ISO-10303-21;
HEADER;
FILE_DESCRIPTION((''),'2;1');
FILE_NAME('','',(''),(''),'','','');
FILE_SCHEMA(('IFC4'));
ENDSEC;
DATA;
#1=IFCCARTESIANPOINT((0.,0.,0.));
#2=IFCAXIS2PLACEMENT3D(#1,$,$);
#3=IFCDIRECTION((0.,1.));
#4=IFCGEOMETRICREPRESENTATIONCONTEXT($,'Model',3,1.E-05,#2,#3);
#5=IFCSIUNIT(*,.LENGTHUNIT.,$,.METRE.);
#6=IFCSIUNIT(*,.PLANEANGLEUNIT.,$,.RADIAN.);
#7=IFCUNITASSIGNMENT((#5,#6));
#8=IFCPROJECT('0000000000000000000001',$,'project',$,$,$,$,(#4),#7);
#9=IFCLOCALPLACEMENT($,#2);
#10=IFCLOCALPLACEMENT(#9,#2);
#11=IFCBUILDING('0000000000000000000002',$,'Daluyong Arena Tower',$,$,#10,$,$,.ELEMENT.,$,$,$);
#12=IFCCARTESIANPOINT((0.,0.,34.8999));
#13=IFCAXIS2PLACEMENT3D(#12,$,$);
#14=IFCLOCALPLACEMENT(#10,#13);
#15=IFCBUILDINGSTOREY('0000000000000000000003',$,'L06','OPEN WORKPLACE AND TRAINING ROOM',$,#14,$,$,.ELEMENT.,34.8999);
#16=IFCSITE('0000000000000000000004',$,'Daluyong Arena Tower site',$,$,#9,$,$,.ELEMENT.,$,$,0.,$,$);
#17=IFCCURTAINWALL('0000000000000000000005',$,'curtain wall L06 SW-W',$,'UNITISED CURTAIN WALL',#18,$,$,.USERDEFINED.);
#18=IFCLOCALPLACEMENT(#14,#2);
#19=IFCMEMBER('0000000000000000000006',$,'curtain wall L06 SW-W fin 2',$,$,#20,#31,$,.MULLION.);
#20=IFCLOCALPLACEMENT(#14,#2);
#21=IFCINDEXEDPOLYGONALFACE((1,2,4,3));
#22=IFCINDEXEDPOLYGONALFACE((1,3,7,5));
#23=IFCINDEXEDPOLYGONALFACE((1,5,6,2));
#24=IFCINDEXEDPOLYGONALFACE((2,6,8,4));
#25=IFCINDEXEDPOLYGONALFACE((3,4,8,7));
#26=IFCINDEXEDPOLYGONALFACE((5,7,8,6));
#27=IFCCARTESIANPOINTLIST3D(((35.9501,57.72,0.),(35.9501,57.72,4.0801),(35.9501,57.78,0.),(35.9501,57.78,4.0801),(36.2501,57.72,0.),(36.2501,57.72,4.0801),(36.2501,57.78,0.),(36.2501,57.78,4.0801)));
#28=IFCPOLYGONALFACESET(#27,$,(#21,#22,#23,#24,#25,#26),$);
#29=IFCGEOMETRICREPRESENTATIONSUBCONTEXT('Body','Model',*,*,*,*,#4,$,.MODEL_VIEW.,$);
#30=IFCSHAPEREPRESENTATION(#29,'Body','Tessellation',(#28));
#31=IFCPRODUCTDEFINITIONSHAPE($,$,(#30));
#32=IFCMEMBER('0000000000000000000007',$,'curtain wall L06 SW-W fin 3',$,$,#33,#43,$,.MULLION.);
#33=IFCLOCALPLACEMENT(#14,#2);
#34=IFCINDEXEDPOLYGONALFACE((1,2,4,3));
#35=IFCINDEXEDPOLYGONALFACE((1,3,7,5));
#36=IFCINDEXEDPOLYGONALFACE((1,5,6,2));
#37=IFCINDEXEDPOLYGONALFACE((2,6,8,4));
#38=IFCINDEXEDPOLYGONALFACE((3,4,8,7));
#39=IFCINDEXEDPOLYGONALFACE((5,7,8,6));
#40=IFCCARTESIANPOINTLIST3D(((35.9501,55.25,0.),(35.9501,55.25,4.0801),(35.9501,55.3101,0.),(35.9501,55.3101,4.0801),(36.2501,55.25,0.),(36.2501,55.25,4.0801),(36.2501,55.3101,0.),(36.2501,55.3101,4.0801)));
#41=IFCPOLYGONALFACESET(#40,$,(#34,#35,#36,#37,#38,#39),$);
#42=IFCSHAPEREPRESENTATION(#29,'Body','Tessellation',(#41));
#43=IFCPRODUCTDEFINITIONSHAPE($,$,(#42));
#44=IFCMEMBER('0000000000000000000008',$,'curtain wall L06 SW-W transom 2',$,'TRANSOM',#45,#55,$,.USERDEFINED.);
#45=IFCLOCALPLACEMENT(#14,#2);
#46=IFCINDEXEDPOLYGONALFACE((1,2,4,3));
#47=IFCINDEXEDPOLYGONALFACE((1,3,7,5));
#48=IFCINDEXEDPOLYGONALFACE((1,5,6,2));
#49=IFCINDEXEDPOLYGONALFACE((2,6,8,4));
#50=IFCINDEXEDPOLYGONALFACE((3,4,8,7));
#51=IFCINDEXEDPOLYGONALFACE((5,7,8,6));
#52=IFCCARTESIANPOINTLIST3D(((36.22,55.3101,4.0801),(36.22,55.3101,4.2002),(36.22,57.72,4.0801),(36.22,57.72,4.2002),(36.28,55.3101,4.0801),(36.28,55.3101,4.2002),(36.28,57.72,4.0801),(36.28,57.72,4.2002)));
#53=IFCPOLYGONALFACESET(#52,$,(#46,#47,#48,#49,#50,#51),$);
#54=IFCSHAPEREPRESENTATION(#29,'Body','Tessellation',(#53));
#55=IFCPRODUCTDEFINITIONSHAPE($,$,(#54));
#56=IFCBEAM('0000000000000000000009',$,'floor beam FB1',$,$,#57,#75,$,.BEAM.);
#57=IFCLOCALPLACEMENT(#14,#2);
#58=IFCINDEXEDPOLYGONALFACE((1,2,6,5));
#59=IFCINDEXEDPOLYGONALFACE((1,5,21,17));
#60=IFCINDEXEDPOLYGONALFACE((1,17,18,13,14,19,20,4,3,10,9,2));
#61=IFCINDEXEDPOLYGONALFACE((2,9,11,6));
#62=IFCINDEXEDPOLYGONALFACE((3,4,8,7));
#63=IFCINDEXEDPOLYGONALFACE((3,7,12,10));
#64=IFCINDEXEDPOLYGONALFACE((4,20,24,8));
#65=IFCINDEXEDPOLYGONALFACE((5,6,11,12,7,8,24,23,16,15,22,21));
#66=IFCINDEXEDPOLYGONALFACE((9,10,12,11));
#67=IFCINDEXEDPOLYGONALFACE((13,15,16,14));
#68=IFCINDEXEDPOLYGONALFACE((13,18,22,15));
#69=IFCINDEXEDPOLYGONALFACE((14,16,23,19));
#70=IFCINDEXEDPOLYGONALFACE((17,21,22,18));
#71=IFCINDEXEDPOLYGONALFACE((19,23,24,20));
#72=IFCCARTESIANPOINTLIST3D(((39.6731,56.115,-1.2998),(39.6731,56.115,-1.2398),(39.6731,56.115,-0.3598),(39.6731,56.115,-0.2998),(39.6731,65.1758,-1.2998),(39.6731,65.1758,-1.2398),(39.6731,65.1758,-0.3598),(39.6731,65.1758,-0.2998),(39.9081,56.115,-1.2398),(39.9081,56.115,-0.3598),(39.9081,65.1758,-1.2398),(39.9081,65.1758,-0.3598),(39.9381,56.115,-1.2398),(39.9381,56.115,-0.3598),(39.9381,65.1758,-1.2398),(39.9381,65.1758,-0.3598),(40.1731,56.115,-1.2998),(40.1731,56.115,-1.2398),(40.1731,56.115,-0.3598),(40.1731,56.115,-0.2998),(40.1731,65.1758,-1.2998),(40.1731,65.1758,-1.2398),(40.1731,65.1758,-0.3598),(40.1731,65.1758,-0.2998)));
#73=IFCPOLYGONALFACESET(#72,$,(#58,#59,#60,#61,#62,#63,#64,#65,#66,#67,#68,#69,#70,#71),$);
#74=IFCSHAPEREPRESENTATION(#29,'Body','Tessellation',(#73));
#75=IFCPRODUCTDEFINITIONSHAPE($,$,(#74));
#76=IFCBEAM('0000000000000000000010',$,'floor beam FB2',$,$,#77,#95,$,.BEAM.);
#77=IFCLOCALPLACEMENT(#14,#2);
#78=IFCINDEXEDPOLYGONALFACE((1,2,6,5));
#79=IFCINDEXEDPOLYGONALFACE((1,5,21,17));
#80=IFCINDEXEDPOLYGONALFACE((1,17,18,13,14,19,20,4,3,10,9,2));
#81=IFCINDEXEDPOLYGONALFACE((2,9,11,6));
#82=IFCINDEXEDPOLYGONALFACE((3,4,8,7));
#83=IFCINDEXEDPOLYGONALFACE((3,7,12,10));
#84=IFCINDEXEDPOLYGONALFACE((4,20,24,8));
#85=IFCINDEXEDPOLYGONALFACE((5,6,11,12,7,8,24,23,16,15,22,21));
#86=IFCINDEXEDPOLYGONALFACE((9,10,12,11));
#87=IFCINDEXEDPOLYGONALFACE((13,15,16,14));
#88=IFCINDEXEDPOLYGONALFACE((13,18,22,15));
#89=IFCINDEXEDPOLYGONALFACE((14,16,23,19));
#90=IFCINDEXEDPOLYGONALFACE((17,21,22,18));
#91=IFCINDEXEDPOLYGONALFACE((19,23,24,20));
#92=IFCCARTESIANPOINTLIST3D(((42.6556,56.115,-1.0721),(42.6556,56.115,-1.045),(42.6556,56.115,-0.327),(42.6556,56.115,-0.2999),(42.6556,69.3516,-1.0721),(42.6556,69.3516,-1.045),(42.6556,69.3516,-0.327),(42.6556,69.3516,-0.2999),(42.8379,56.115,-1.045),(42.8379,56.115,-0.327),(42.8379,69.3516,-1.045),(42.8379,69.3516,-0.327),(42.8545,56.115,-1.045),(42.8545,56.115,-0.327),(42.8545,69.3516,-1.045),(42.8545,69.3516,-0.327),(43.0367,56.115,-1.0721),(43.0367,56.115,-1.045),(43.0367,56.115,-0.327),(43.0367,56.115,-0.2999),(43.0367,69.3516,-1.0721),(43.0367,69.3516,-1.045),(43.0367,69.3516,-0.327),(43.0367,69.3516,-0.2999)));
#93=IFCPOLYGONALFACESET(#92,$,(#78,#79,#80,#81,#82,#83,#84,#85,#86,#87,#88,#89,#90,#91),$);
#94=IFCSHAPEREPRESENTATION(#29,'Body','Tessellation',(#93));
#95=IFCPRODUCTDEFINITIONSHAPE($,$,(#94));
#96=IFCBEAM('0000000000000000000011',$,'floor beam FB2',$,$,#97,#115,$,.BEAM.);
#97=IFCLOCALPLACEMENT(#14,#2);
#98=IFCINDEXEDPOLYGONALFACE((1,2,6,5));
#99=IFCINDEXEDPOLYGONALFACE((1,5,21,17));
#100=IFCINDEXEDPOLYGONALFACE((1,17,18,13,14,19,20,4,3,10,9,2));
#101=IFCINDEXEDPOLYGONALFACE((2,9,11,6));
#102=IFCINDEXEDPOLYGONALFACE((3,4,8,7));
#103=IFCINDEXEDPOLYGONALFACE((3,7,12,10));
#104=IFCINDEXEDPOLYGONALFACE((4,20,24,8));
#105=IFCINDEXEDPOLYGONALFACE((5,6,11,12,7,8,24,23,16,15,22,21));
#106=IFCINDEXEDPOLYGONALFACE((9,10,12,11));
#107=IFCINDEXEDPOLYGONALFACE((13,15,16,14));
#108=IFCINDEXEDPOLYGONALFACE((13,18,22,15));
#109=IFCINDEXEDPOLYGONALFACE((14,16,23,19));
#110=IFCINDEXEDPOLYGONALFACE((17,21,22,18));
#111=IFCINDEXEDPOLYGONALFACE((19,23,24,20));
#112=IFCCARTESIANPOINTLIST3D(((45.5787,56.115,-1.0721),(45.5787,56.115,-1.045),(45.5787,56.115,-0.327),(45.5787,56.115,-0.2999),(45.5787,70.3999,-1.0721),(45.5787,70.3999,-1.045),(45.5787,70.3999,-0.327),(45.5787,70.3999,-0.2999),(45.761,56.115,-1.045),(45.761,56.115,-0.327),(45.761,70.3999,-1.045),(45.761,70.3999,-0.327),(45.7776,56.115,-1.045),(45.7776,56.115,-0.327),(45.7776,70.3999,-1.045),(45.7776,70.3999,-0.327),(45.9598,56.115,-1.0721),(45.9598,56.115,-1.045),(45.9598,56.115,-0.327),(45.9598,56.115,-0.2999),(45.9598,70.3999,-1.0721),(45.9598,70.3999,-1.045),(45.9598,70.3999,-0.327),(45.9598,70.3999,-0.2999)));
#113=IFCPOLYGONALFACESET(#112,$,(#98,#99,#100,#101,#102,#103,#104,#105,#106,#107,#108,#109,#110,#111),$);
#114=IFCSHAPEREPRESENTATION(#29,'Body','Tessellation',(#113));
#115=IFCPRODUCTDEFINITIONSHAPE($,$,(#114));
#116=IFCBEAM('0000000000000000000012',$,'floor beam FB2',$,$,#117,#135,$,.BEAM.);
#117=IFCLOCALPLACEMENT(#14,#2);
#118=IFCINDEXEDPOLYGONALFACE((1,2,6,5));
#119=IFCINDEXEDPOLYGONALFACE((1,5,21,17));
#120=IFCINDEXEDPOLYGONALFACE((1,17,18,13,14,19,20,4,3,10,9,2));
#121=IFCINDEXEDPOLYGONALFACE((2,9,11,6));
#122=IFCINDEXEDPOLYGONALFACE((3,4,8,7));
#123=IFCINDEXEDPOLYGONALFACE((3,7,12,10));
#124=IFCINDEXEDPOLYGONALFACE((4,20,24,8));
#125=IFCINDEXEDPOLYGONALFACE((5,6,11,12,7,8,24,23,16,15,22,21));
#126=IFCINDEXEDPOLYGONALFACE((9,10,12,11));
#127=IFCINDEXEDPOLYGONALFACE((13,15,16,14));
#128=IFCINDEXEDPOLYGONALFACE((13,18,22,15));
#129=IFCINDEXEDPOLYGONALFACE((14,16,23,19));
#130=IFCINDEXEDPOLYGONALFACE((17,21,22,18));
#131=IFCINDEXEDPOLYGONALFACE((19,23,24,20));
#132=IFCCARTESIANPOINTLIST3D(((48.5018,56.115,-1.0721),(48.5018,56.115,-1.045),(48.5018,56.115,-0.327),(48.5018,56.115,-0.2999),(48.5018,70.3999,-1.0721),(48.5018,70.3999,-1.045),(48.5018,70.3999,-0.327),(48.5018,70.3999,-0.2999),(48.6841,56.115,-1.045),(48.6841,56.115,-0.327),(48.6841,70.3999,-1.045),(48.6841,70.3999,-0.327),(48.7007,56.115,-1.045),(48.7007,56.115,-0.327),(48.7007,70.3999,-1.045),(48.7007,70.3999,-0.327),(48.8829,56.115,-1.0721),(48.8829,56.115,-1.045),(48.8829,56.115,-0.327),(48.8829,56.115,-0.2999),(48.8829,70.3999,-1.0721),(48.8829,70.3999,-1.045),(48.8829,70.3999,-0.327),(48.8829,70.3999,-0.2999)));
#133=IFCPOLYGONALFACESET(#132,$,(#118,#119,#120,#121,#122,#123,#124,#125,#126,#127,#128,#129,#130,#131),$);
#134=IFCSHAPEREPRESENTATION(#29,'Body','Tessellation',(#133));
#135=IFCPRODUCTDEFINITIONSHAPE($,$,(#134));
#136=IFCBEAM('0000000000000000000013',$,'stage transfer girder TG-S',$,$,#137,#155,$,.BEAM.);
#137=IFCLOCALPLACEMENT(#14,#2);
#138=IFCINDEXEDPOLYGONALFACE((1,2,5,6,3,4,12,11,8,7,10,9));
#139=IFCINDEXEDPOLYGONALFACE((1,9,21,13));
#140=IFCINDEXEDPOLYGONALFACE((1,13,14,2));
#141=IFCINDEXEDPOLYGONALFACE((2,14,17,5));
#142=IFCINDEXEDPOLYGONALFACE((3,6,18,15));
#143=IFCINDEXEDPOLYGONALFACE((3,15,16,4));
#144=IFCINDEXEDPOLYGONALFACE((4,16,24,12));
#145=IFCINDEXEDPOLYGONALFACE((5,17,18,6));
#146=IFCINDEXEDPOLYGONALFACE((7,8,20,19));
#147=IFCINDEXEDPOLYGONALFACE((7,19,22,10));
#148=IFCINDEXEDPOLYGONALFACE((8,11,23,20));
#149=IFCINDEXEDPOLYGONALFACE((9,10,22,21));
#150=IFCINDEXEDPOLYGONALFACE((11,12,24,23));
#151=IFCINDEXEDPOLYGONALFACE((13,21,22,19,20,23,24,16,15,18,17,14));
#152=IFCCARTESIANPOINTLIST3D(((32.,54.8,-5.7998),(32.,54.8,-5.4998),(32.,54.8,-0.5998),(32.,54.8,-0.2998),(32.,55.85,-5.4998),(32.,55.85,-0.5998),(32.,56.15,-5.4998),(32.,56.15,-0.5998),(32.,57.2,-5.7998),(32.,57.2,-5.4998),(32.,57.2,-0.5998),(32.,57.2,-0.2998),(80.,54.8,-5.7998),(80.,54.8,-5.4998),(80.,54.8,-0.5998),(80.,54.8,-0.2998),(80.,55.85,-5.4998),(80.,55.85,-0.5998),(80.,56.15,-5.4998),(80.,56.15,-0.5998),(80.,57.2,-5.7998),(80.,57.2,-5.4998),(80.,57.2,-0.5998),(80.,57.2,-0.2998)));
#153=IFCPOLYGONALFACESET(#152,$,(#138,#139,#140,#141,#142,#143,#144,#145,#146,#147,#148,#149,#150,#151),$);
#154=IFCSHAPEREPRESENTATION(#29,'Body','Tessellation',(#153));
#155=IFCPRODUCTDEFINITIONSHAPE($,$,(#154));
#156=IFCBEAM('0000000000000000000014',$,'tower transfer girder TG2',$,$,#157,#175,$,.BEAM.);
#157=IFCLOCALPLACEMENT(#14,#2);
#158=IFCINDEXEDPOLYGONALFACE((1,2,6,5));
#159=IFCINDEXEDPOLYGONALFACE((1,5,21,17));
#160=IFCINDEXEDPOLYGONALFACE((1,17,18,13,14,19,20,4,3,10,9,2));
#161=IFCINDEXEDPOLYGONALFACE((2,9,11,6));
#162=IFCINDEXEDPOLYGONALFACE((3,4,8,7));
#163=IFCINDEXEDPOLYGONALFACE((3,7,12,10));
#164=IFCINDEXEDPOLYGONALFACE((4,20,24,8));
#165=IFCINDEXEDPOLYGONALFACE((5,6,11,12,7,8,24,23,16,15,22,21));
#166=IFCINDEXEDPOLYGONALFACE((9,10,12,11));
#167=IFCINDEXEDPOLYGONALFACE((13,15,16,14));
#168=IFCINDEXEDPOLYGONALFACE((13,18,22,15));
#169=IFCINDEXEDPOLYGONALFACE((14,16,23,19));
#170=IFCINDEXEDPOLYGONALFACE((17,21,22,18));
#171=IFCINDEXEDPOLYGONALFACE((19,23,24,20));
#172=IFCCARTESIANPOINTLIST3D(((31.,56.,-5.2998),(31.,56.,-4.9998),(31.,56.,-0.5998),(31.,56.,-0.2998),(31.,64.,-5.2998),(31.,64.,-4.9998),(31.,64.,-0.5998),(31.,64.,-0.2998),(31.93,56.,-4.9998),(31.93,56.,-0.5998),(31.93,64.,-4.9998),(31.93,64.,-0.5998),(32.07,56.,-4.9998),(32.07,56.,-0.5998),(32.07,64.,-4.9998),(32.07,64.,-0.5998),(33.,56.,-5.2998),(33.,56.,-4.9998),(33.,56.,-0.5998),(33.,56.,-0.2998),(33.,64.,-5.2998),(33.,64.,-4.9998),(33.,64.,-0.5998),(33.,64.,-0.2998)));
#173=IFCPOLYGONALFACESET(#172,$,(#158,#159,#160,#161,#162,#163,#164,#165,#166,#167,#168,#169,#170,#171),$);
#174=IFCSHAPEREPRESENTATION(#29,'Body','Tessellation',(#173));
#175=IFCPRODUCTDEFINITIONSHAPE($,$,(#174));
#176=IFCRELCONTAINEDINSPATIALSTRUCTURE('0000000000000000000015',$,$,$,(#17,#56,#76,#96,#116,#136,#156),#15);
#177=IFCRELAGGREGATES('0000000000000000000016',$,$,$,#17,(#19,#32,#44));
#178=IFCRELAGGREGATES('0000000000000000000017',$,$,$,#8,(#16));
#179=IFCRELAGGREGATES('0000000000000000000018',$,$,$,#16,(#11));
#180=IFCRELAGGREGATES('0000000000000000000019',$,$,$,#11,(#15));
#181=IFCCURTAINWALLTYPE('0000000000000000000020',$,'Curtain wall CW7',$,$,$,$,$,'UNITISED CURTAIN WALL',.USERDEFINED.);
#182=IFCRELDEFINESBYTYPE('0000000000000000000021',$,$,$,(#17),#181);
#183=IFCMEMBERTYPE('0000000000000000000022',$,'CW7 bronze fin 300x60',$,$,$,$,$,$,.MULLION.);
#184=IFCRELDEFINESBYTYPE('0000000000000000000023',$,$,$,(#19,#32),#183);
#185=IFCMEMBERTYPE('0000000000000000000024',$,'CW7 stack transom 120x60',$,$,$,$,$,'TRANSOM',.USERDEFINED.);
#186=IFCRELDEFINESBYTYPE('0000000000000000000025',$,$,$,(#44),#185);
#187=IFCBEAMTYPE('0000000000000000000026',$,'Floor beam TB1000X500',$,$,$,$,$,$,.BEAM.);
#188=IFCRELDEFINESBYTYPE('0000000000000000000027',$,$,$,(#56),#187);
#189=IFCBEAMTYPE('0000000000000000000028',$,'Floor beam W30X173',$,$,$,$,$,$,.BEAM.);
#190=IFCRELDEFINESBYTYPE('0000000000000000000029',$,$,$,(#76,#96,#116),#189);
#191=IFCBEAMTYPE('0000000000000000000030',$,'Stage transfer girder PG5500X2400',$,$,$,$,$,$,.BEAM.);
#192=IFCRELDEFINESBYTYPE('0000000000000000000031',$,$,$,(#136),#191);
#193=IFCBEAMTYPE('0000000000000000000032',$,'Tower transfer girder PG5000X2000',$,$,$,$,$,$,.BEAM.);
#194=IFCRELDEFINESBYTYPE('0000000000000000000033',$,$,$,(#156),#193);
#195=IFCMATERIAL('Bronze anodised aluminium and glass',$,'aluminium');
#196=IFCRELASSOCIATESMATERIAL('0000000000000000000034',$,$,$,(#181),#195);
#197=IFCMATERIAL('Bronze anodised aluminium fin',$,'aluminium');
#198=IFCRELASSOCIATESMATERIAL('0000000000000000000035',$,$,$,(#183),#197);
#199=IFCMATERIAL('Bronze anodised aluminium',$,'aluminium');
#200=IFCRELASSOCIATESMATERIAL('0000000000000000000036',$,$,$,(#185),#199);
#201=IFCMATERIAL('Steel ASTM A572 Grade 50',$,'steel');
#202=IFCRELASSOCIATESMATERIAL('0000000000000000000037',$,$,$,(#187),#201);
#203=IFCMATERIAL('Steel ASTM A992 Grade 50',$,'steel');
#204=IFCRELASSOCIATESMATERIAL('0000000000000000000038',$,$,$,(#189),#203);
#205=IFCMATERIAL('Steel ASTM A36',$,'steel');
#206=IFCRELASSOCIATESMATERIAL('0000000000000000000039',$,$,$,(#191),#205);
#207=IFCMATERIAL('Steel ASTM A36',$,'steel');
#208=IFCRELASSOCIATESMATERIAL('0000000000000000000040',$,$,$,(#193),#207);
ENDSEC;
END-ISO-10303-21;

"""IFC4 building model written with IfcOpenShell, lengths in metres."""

from ifc_helpers import new_model, si_unit, direction, frame, origin, origin_2d, place, context, subcontext, project, spatial, rectangle, i_section, extrude, material, material_profile, profile_set, type_object, element, aggregate, save


model = new_model("IFC4")

# Units and contexts
model_context = context("Model", 3, precision=1e-05, world=origin(), true_north=direction((0.0, 1.0)))
body_context = subcontext(model_context, "Body", "Model", "MODEL_VIEW")
ifc_project = project(units=[si_unit("LENGTHUNIT", "METRE"), si_unit("PLANEANGLEUNIT", "RADIAN")], contexts=[model_context])

# Site, building, storey
site_placement = place(None, origin())
site = spatial("IfcSite", under=ifc_project, at=site_placement, Name="Daluyong Arena Tower site", CompositionType="ELEMENT", RefElevation=0.0)
building_placement = place(site_placement, origin())
building = spatial("IfcBuilding", under=site, at=building_placement, Name="Daluyong Arena Tower", CompositionType="ELEMENT")
storey_placement = place(building_placement, frame((0.0, 0.0, 34.8999)))
storey = spatial("IfcBuildingStorey", under=building, at=storey_placement, Name="L06", Description="OPEN WORKPLACE AND TRAINING ROOM", CompositionType="ELEMENT", Elevation=34.8999)

# Shared definitions
ifc_material_1 = material(Name="Bronze anodised aluminium and glass", Category="aluminium")
curtain_wall_type_1 = type_object("IfcCurtainWallType", Name="Curtain wall CW7", ElementType="UNITISED CURTAIN WALL", PredefinedType="USERDEFINED", material=ifc_material_1)
ifc_material_2 = material(Name="Bronze anodised aluminium fin", Category="aluminium")
ifc_material_profile_1 = material_profile(ifc_material_2, rectangle(XDim=0.3, YDim=0.0601, at=origin_2d()))
ifc_profile_set_1 = profile_set([ifc_material_profile_1], Name="Bronze anodised aluminium fin")
member_type_1 = type_object("IfcMemberType", Name="CW7 bronze fin 300x60", PredefinedType="MULLION", material=ifc_profile_set_1)

# Curtain wall, members
curtain_wall_1_placement = place(storey_placement, origin())
curtain_wall_1 = element("IfcCurtainWall", 1, at=curtain_wall_1_placement, inside=storey, type_object=curtain_wall_type_1, Name="curtain wall L06 SW-W", ObjectType="UNITISED CURTAIN WALL", PredefinedType="USERDEFINED")
member_1_placement = place(storey_placement, frame((36.1001, 57.75, 0.0), z_axis=(0.0, 0.0, 1.0), x_axis=(1.0, 0.0, 0.0)))
member_1 = element("IfcMember", 2, at=member_1_placement, type_object=member_type_1, Name="curtain wall L06 SW-W fin 2", PredefinedType="MULLION", context=body_context, shape_type="SweptSolid", body=[
    extrude(rectangle(XDim=0.3, YDim=0.0601, at=origin_2d()), origin(), (0.0, 0.0, 1.0), 4.0801),
])
member_2_placement = place(storey_placement, frame((36.1001, 55.28, 0.0), z_axis=(0.0, 0.0, 1.0), x_axis=(1.0, 0.0, 0.0)))
member_2 = element("IfcMember", 3, at=member_2_placement, type_object=member_type_1, Name="curtain wall L06 SW-W fin 3", PredefinedType="MULLION", context=body_context, shape_type="SweptSolid", body=[
    extrude(rectangle(XDim=0.3, YDim=0.0601, at=origin_2d()), origin(), (0.0, 0.0, 1.0), 4.0801),
])
ifc_material_3 = material(Name="Bronze anodised aluminium", Category="aluminium")
ifc_material_profile_2 = material_profile(ifc_material_3, rectangle(XDim=0.0601, YDim=0.1201, at=origin_2d()))
ifc_profile_set_2 = profile_set([ifc_material_profile_2], Name="Bronze anodised aluminium")
member_type_2 = type_object("IfcMemberType", Name="CW7 stack transom 120x60", ElementType="TRANSOM", PredefinedType="USERDEFINED", material=ifc_profile_set_2)
member_3_placement = place(storey_placement, frame((36.25, 57.72, 4.1401), z_axis=(0.0, -1.0, 0.0), x_axis=(1.0, 0.0, 0.0)))
member_3 = element("IfcMember", 4, at=member_3_placement, type_object=member_type_2, Name="curtain wall L06 SW-W transom 2", ObjectType="TRANSOM", PredefinedType="USERDEFINED", context=body_context, shape_type="SweptSolid", body=[
    extrude(rectangle(XDim=0.0601, YDim=0.1201, at=origin_2d()), origin(), (0.0, 0.0, 1.0), 2.4099),
])

# Beams
ifc_material_4 = material(Name="Steel ASTM A572 Grade 50", Category="steel")
ifc_material_profile_3 = material_profile(ifc_material_4, i_section(OverallWidth=0.5, OverallDepth=1.0, WebThickness=0.03, FlangeThickness=0.06, at=origin_2d()))
ifc_profile_set_3 = profile_set([ifc_material_profile_3], Name="Steel ASTM A572 Grade 50")
beam_type_1 = type_object("IfcBeamType", Name="Floor beam TB1000X500", PredefinedType="BEAM", material=ifc_profile_set_3)
beam_1_placement = place(storey_placement, frame((39.9231, 56.115, -0.7998), z_axis=(0.0, 1.0, 0.0), x_axis=(-1.0, 0.0, 0.0)))
element("IfcBeam", 5, at=beam_1_placement, inside=storey, type_object=beam_type_1, Name="floor beam FB1", PredefinedType="BEAM", context=body_context, shape_type="SweptSolid", body=[
    extrude(i_section(OverallWidth=0.5, OverallDepth=1.0, WebThickness=0.03, FlangeThickness=0.06, at=origin_2d()), origin(), (0.0, 0.0, 1.0), 9.0608),
])
ifc_material_5 = material(Name="Steel ASTM A992 Grade 50", Category="steel")
ifc_material_profile_4 = material_profile(ifc_material_5, i_section(OverallWidth=0.3811, OverallDepth=0.7722, WebThickness=0.0166, FlangeThickness=0.0271, at=origin_2d()))
ifc_profile_set_4 = profile_set([ifc_material_profile_4], Name="Steel ASTM A992 Grade 50")
beam_type_2 = type_object("IfcBeamType", Name="Floor beam W30X173", PredefinedType="BEAM", material=ifc_profile_set_4)
beam_2_placement = place(storey_placement, frame((42.8462, 56.115, -0.686), z_axis=(0.0, 1.0, 0.0), x_axis=(-1.0, 0.0, 0.0)))
element("IfcBeam", 6, at=beam_2_placement, inside=storey, type_object=beam_type_2, Name="floor beam FB2", PredefinedType="BEAM", context=body_context, shape_type="SweptSolid", body=[
    extrude(i_section(OverallWidth=0.3811, OverallDepth=0.7722, WebThickness=0.0166, FlangeThickness=0.0271, at=origin_2d()), origin(), (0.0, 0.0, 1.0), 13.2366),
])
for number, where, z_axis, x_axis, name in (
    (7, (45.7693, 56.115, -0.686), (0.0, 1.0, 0.0), (-1.0, 0.0, 0.0), "floor beam FB2"),
    (8, (48.6924, 56.115, -0.686), (0.0, 1.0, 0.0), (-1.0, 0.0, 0.0), "floor beam FB2"),
):
    element("IfcBeam", number, at=place(storey_placement, frame(where, z_axis=z_axis, x_axis=x_axis)), inside=storey, type_object=beam_type_2, Name=name, PredefinedType="BEAM", context=body_context, shape_type="SweptSolid", body=[
        extrude(i_section(OverallWidth=0.3811, OverallDepth=0.7722, WebThickness=0.0166, FlangeThickness=0.0271, at=origin_2d()), origin(), (0.0, 0.0, 1.0), 14.2849),
    ])
ifc_material_6 = material(Name="Steel ASTM A36", Category="steel")
ifc_material_profile_5 = material_profile(ifc_material_6, i_section(OverallWidth=2.3999, OverallDepth=5.5, WebThickness=0.3, FlangeThickness=0.3, at=origin_2d()))
ifc_profile_set_5 = profile_set([ifc_material_profile_5], Name="Steel ASTM A36")
beam_type_3 = type_object("IfcBeamType", Name="Stage transfer girder PG5500X2400", PredefinedType="BEAM", material=ifc_profile_set_5)
beam_3_placement = place(storey_placement, frame((32.0, 56.0, -3.0498), z_axis=(1.0, 0.0, 0.0), x_axis=(0.0, 1.0, 0.0)))
element("IfcBeam", 9, at=beam_3_placement, inside=storey, type_object=beam_type_3, Name="stage transfer girder TG-S", PredefinedType="BEAM", context=body_context, shape_type="SweptSolid", body=[
    extrude(i_section(OverallWidth=2.3999, OverallDepth=5.5, WebThickness=0.3, FlangeThickness=0.3, at=origin_2d()), origin(), (0.0, 0.0, 1.0), 48.0),
])
ifc_material_7 = material(Name="Steel ASTM A36", Category="steel")
ifc_material_profile_6 = material_profile(ifc_material_7, i_section(OverallWidth=2.0, OverallDepth=5.0, WebThickness=0.14, FlangeThickness=0.3, at=origin_2d()))
ifc_profile_set_6 = profile_set([ifc_material_profile_6], Name="Steel ASTM A36")
beam_type_4 = type_object("IfcBeamType", Name="Tower transfer girder PG5000X2000", PredefinedType="BEAM", material=ifc_profile_set_6)
beam_4_placement = place(storey_placement, frame((32.0, 56.0, -2.7998), z_axis=(0.0, 1.0, 0.0), x_axis=(-1.0, 0.0, 0.0)))
element("IfcBeam", 10, at=beam_4_placement, inside=storey, type_object=beam_type_4, Name="tower transfer girder TG2", PredefinedType="BEAM", context=body_context, shape_type="SweptSolid", body=[
    extrude(i_section(OverallWidth=2.0, OverallDepth=5.0, WebThickness=0.14, FlangeThickness=0.3, at=origin_2d()), origin(), (0.0, 0.0, 1.0), 8.0),
])

aggregate(curtain_wall_1, [member_1, member_2, member_3])

save(model, "model.ifc")
